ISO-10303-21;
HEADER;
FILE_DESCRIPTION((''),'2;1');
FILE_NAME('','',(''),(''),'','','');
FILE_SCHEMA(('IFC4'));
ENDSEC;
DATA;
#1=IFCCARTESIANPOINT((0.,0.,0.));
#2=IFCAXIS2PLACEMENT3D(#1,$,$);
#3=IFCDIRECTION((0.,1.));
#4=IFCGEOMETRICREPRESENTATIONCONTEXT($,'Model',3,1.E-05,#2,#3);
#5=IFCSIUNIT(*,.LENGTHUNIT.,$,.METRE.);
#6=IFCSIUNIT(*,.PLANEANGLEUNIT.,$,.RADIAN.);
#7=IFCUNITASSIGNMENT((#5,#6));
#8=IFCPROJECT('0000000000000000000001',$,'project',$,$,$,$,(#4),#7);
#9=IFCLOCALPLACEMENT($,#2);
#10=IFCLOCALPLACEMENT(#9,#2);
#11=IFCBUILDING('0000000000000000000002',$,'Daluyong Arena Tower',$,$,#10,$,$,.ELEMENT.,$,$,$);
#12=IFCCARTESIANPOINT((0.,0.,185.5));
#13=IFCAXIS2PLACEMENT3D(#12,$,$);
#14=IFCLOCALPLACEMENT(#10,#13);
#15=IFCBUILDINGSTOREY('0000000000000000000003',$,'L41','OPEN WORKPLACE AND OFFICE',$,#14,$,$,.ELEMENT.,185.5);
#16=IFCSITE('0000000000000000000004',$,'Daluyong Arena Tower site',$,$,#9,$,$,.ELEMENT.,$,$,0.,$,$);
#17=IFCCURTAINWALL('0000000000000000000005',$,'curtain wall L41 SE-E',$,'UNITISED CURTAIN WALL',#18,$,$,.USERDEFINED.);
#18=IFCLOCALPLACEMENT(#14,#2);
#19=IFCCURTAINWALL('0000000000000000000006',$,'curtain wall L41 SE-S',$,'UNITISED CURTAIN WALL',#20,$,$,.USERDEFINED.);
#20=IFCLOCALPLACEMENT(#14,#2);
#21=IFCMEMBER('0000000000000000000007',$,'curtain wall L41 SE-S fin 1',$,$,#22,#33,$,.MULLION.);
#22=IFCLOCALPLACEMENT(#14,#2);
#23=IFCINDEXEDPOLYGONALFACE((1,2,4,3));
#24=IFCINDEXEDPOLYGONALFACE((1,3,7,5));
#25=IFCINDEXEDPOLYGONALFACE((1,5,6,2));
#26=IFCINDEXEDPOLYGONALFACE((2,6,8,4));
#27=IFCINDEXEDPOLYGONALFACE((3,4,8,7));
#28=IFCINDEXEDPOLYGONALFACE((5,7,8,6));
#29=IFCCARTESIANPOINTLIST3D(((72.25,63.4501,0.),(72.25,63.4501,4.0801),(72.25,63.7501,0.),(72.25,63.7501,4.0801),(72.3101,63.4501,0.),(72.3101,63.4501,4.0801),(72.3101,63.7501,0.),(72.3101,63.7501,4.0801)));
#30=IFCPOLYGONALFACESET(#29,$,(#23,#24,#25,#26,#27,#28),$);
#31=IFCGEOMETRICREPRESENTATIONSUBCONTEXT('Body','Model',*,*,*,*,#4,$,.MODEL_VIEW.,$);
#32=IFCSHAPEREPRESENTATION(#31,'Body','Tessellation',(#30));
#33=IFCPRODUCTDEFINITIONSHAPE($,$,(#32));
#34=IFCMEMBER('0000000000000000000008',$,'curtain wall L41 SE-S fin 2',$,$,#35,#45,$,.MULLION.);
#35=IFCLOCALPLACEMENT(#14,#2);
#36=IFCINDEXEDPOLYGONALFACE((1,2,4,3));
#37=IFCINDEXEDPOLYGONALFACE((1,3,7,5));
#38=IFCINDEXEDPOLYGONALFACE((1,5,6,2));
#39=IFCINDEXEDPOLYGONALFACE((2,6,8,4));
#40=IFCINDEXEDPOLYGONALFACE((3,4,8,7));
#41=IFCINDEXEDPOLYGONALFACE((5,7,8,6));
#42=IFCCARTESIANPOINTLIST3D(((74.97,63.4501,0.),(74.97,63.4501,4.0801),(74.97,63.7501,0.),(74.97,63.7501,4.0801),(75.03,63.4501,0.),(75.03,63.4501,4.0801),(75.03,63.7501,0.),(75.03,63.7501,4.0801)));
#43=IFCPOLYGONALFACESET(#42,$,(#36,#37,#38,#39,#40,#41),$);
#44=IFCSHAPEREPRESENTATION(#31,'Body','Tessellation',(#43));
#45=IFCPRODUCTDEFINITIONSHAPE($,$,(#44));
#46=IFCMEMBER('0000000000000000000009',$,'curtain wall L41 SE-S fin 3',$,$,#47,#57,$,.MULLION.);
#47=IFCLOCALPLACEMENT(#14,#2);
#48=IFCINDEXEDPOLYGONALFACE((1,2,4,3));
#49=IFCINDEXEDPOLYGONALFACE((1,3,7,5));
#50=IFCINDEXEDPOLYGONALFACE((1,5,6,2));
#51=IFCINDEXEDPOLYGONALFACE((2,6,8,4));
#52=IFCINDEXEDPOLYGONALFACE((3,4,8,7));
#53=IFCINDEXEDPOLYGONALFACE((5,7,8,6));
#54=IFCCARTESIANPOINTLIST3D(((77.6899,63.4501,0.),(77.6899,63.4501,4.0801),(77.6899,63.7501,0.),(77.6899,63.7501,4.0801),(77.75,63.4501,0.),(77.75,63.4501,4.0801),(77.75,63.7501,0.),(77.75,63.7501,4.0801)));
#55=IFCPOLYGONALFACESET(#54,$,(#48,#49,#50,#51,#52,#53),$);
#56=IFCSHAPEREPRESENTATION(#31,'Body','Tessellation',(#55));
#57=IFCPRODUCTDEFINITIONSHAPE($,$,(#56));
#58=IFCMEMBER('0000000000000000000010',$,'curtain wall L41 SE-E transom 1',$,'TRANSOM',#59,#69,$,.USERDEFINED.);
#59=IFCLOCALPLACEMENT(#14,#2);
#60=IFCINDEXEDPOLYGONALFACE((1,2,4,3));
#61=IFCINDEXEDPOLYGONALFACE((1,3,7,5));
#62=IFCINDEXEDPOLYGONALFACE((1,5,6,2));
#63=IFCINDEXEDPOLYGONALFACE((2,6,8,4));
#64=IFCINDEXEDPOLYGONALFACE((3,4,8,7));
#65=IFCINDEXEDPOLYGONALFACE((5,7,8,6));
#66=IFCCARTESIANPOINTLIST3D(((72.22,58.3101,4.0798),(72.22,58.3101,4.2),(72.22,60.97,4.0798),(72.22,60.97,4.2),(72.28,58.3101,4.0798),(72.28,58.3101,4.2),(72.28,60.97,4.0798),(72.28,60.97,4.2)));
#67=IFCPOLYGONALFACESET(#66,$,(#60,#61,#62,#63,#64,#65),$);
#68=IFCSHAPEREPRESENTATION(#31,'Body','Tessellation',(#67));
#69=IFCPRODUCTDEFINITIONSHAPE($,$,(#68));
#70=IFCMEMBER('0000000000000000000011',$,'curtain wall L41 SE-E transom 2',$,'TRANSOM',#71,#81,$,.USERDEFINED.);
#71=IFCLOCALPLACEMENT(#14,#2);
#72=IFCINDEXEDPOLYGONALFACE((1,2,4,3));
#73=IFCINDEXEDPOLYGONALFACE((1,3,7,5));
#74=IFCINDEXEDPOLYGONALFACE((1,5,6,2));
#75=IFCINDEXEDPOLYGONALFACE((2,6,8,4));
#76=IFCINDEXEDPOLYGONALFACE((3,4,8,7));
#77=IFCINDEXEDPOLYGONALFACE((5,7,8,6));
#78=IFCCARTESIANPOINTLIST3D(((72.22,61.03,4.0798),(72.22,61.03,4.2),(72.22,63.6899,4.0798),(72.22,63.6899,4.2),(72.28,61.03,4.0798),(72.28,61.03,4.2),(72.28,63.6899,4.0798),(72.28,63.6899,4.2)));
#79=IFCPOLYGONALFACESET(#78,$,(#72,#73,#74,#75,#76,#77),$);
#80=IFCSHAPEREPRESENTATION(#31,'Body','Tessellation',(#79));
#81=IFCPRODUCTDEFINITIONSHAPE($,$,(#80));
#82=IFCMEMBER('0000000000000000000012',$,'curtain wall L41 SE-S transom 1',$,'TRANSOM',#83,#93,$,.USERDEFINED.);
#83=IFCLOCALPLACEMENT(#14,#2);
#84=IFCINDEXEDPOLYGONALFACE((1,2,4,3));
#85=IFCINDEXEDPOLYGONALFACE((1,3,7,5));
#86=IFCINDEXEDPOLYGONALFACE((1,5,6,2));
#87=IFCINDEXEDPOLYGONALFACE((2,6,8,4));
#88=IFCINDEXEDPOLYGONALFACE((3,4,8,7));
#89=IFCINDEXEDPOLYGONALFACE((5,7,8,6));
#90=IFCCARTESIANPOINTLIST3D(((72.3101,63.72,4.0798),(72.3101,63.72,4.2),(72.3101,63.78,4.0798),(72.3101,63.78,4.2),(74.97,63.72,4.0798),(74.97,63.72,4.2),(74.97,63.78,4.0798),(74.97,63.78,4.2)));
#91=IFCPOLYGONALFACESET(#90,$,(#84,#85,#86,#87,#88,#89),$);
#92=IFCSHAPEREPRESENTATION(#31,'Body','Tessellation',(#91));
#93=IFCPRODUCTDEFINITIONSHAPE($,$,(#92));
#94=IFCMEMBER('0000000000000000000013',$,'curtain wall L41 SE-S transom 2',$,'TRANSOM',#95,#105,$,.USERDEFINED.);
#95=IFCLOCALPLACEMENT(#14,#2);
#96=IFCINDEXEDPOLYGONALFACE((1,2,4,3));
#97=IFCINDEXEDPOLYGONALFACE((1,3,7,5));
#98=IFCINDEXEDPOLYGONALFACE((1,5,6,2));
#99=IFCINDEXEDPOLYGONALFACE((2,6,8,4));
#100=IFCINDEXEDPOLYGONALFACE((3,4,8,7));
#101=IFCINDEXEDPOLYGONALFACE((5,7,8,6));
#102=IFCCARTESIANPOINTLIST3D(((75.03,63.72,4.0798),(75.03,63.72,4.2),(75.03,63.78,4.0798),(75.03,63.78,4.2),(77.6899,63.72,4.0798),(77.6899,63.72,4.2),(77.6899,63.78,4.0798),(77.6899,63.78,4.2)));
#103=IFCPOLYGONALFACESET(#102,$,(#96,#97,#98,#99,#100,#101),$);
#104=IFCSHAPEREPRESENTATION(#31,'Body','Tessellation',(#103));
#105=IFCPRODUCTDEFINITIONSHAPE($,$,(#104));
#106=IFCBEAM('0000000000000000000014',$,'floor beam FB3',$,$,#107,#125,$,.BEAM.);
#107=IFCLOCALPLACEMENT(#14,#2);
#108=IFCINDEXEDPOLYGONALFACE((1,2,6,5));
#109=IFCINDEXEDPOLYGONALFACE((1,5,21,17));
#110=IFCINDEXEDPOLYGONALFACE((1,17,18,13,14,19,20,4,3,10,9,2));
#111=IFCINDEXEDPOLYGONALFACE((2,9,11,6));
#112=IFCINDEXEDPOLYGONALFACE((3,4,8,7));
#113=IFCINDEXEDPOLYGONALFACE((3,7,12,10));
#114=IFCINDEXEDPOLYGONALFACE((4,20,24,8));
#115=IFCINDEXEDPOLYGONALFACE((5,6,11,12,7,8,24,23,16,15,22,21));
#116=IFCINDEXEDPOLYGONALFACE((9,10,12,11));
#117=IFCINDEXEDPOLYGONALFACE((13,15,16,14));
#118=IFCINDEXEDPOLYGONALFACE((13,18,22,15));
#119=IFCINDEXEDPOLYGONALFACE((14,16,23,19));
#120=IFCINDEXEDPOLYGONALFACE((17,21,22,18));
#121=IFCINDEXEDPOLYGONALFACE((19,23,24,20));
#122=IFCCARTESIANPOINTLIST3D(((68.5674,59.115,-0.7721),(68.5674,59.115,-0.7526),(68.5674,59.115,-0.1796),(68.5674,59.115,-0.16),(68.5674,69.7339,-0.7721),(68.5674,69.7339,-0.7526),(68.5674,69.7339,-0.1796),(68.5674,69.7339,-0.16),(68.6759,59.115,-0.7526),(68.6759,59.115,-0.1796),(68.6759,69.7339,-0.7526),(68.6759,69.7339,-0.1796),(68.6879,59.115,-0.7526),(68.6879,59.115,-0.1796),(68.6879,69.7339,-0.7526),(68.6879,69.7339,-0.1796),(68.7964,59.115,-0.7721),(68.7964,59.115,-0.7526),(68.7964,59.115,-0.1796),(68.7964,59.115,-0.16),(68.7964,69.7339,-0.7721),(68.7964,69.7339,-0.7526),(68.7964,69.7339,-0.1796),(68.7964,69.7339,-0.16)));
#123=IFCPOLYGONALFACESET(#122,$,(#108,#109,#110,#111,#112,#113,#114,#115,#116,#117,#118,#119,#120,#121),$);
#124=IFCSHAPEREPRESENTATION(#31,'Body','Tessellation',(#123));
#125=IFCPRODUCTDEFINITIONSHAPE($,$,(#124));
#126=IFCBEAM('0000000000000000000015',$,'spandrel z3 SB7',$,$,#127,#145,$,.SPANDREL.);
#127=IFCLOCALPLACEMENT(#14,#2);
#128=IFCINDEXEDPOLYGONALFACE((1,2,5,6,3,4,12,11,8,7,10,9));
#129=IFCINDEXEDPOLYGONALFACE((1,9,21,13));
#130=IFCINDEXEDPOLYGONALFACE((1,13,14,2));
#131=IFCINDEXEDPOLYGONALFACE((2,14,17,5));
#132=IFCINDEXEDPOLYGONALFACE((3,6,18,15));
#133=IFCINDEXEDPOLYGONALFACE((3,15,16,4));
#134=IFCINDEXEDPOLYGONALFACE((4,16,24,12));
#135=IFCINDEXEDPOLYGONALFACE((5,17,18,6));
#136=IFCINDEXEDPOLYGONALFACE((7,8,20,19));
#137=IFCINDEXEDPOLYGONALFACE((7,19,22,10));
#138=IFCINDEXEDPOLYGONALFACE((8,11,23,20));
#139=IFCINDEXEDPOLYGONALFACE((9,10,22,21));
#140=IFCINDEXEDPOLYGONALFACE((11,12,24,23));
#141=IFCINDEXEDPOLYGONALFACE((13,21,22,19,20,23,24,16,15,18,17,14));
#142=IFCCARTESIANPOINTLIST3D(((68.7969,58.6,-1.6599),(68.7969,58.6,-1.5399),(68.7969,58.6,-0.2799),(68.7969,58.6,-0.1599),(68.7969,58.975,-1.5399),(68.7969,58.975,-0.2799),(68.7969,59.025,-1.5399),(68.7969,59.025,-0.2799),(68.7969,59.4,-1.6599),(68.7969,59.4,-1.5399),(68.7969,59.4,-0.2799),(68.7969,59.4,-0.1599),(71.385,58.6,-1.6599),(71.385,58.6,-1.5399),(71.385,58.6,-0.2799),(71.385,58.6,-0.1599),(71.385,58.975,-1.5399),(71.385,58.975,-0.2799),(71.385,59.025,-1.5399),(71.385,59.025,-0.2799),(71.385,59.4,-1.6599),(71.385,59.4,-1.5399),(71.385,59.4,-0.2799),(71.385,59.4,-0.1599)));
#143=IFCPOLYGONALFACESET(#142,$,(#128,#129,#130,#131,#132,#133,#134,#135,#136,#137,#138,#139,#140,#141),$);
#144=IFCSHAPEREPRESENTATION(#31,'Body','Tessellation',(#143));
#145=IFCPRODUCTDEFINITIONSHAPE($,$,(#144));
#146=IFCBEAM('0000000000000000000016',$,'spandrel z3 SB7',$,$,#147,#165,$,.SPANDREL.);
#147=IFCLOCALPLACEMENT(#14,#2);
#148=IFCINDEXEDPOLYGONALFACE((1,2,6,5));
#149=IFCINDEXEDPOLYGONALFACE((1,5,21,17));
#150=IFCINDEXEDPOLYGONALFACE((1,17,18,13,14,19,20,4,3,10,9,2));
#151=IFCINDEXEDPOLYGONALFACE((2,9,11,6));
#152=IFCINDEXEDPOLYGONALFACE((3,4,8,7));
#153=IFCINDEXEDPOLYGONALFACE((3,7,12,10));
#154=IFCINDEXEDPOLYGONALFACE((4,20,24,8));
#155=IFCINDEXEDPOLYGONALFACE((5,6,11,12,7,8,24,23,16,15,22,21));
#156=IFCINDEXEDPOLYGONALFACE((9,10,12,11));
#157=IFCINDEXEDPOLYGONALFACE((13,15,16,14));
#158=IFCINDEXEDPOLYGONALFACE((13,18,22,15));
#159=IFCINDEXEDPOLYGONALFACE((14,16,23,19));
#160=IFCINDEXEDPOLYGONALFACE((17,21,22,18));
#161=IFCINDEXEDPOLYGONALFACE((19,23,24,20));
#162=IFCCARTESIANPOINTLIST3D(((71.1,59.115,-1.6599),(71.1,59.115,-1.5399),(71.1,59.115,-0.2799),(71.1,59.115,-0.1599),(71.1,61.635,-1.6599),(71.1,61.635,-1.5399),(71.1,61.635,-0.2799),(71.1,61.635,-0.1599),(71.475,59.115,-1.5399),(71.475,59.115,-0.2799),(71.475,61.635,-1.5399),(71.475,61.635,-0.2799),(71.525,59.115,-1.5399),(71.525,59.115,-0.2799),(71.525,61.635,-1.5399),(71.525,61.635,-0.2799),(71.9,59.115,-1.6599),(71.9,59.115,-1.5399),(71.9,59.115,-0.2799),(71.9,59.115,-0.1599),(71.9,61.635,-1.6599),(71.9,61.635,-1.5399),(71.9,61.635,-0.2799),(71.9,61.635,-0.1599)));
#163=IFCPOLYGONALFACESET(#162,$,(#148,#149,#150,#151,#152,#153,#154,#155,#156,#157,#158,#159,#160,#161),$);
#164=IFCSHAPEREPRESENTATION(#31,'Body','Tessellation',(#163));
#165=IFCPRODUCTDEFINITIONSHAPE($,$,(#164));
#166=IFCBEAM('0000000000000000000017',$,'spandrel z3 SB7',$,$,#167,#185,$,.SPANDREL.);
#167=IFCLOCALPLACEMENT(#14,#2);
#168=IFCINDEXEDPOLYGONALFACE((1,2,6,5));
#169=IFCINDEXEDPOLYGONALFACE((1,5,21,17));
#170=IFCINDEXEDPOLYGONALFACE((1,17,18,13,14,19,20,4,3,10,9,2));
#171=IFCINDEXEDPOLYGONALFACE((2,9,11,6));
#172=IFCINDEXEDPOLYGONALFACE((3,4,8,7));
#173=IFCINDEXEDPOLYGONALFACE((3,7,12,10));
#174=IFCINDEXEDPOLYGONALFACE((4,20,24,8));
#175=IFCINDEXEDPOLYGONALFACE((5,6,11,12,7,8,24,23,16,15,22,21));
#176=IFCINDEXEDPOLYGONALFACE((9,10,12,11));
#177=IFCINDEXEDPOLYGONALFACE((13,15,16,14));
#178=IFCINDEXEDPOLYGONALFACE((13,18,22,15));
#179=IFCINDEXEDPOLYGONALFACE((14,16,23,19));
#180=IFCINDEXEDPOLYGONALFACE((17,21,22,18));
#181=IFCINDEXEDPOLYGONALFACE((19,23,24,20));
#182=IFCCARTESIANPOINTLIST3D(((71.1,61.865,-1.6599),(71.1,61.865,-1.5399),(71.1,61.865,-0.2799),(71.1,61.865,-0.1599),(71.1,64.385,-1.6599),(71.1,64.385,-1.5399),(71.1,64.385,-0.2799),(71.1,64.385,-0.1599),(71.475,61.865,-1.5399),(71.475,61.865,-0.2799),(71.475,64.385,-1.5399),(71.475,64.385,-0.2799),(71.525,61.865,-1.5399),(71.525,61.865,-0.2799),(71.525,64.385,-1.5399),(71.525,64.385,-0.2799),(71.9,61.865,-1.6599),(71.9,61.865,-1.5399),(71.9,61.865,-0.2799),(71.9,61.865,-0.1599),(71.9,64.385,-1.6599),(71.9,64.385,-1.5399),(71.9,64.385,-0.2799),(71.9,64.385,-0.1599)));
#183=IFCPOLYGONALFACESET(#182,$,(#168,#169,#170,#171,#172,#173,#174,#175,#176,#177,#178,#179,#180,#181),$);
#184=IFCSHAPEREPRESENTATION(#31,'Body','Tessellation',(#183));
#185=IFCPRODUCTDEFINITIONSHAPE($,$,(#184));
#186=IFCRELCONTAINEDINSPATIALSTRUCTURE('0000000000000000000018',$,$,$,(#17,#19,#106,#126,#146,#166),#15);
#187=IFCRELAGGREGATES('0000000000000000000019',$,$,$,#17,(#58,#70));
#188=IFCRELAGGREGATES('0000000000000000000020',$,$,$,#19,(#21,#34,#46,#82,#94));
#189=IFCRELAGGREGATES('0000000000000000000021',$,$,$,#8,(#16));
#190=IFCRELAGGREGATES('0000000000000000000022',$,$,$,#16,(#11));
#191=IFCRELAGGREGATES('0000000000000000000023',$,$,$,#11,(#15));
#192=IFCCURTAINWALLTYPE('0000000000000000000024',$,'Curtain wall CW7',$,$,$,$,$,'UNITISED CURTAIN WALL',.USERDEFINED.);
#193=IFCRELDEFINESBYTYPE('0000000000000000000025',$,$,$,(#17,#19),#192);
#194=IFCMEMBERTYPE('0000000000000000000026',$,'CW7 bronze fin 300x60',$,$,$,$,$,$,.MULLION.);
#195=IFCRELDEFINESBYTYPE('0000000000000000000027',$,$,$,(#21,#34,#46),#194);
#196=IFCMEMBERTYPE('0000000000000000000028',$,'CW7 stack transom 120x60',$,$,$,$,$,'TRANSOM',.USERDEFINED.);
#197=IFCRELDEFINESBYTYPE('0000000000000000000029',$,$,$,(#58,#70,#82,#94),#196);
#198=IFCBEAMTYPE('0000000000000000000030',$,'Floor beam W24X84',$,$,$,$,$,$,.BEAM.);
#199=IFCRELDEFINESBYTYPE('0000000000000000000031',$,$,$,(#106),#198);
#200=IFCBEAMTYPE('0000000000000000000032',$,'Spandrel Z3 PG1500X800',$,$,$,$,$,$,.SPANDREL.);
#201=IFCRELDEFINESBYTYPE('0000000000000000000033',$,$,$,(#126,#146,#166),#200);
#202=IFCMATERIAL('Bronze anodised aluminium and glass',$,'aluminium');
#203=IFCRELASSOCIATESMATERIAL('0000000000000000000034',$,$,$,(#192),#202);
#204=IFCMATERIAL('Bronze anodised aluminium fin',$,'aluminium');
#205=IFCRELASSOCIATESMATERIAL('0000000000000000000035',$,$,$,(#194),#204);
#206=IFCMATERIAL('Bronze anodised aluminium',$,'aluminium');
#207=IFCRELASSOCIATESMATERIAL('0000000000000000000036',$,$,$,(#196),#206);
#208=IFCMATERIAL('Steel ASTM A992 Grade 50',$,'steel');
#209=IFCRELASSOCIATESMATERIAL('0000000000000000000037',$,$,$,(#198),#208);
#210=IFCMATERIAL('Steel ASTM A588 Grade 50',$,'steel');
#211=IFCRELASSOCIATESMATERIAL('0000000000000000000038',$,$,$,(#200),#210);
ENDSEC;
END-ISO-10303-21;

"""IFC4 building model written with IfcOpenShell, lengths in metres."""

from ifc_helpers import new_model, si_unit, direction, frame, origin, origin_2d, place, context, subcontext, project, spatial, rectangle, i_section, extrude, material, material_profile, profile_set, type_object, element, aggregate, save


model = new_model("IFC4")

# Units and contexts
model_context = context("Model", 3, precision=1e-05, world=origin(), true_north=direction((0.0, 1.0)))
body_context = subcontext(model_context, "Body", "Model", "MODEL_VIEW")
ifc_project = project(units=[si_unit("LENGTHUNIT", "METRE"), si_unit("PLANEANGLEUNIT", "RADIAN")], contexts=[model_context])

# Site, building, storey
site_placement = place(None, origin())
site = spatial("IfcSite", under=ifc_project, at=site_placement, Name="Daluyong Arena Tower site", CompositionType="ELEMENT", RefElevation=0.0)
building_placement = place(site_placement, origin())
building = spatial("IfcBuilding", under=site, at=building_placement, Name="Daluyong Arena Tower", CompositionType="ELEMENT")
storey_placement = place(building_placement, frame((0.0, 0.0, 185.5)))
storey = spatial("IfcBuildingStorey", under=building, at=storey_placement, Name="L41", Description="OPEN WORKPLACE AND OFFICE", CompositionType="ELEMENT", Elevation=185.5)

# Curtain walls, members
ifc_material_1 = material(Name="Bronze anodised aluminium and glass", Category="aluminium")
curtain_wall_type_1 = type_object("IfcCurtainWallType", Name="Curtain wall CW7", ElementType="UNITISED CURTAIN WALL", PredefinedType="USERDEFINED", material=ifc_material_1)
curtain_wall_1_placement = place(storey_placement, origin())
curtain_wall_1 = element("IfcCurtainWall", 1, at=curtain_wall_1_placement, inside=storey, type_object=curtain_wall_type_1, Name="curtain wall L41 SE-E", ObjectType="UNITISED CURTAIN WALL", PredefinedType="USERDEFINED")
ifc_material_2 = material(Name="Bronze anodised aluminium fin", Category="aluminium")
ifc_material_profile_1 = material_profile(ifc_material_2, rectangle(XDim=0.3, YDim=0.0601, at=origin_2d()))
ifc_profile_set_1 = profile_set([ifc_material_profile_1], Name="Bronze anodised aluminium fin")
member_type_1 = type_object("IfcMemberType", Name="CW7 bronze fin 300x60", PredefinedType="MULLION", material=ifc_profile_set_1)
curtain_wall_2_placement = place(storey_placement, origin())
curtain_wall_2 = element("IfcCurtainWall", 2, at=curtain_wall_2_placement, inside=storey, type_object=curtain_wall_type_1, Name="curtain wall L41 SE-S", ObjectType="UNITISED CURTAIN WALL", PredefinedType="USERDEFINED")
member_1_placement = place(storey_placement, frame((72.28, 63.6001, 0.0), z_axis=(0.0, 0.0, 1.0), x_axis=(0.0, 1.0, 0.0)))
member_1 = element("IfcMember", 3, at=member_1_placement, type_object=member_type_1, Name="curtain wall L41 SE-S fin 1", PredefinedType="MULLION", context=body_context, shape_type="SweptSolid", body=[
    extrude(rectangle(XDim=0.3, YDim=0.0601, at=origin_2d()), origin(), (0.0, 0.0, 1.0), 4.0801),
])
member_2_placement = place(storey_placement, frame((75.0, 63.6001, 0.0), z_axis=(0.0, 0.0, 1.0), x_axis=(0.0, 1.0, 0.0)))
member_2 = element("IfcMember", 4, at=member_2_placement, type_object=member_type_1, Name="curtain wall L41 SE-S fin 2", PredefinedType="MULLION", context=body_context, shape_type="SweptSolid", body=[
    extrude(rectangle(XDim=0.3, YDim=0.0601, at=origin_2d()), origin(), (0.0, 0.0, 1.0), 4.0801),
])
member_3_placement = place(storey_placement, frame((77.72, 63.6001, 0.0), z_axis=(0.0, 0.0, 1.0), x_axis=(0.0, 1.0, 0.0)))
member_3 = element("IfcMember", 5, at=member_3_placement, type_object=member_type_1, Name="curtain wall L41 SE-S fin 3", PredefinedType="MULLION", context=body_context, shape_type="SweptSolid", body=[
    extrude(rectangle(XDim=0.3, YDim=0.0601, at=origin_2d()), origin(), (0.0, 0.0, 1.0), 4.0801),
])

# Members
ifc_material_3 = material(Name="Bronze anodised aluminium", Category="aluminium")
ifc_material_profile_2 = material_profile(ifc_material_3, rectangle(XDim=0.0601, YDim=0.1201, at=origin_2d()))
ifc_profile_set_2 = profile_set([ifc_material_profile_2], Name="Bronze anodised aluminium")
member_type_2 = type_object("IfcMemberType", Name="CW7 stack transom 120x60", ElementType="TRANSOM", PredefinedType="USERDEFINED", material=ifc_profile_set_2)
member_4_placement = place(storey_placement, frame((72.25, 58.3101, 4.1399), z_axis=(0.0, 1.0, 0.0), x_axis=(-1.0, 0.0, 0.0)))
member_4 = element("IfcMember", 6, at=member_4_placement, type_object=member_type_2, Name="curtain wall L41 SE-E transom 1", ObjectType="TRANSOM", PredefinedType="USERDEFINED", context=body_context, shape_type="SweptSolid", body=[
    extrude(rectangle(XDim=0.0601, YDim=0.1201, at=origin_2d()), origin(), (0.0, 0.0, 1.0), 2.6599),
])
member_5_placement = place(storey_placement, frame((72.25, 61.03, 4.1399), z_axis=(0.0, 1.0, 0.0), x_axis=(-1.0, 0.0, 0.0)))
member_5 = element("IfcMember", 7, at=member_5_placement, type_object=member_type_2, Name="curtain wall L41 SE-E transom 2", ObjectType="TRANSOM", PredefinedType="USERDEFINED", context=body_context, shape_type="SweptSolid", body=[
    extrude(rectangle(XDim=0.0601, YDim=0.1201, at=origin_2d()), origin(), (0.0, 0.0, 1.0), 2.6599),
])
member_6_placement = place(storey_placement, frame((72.3101, 63.75, 4.1399), z_axis=(1.0, 0.0, 0.0), x_axis=(0.0, 1.0, 0.0)))
member_6 = element("IfcMember", 8, at=member_6_placement, type_object=member_type_2, Name="curtain wall L41 SE-S transom 1", ObjectType="TRANSOM", PredefinedType="USERDEFINED", context=body_context, shape_type="SweptSolid", body=[
    extrude(rectangle(XDim=0.0601, YDim=0.1201, at=origin_2d()), origin(), (0.0, 0.0, 1.0), 2.6599),
])
member_7_placement = place(storey_placement, frame((75.03, 63.75, 4.1399), z_axis=(1.0, 0.0, 0.0), x_axis=(0.0, 1.0, 0.0)))
member_7 = element("IfcMember", 9, at=member_7_placement, type_object=member_type_2, Name="curtain wall L41 SE-S transom 2", ObjectType="TRANSOM", PredefinedType="USERDEFINED", context=body_context, shape_type="SweptSolid", body=[
    extrude(rectangle(XDim=0.0601, YDim=0.1201, at=origin_2d()), origin(), (0.0, 0.0, 1.0), 2.6599),
])

# Beams
ifc_material_4 = material(Name="Steel ASTM A992 Grade 50", Category="steel")
ifc_material_profile_3 = material_profile(ifc_material_4, i_section(OverallWidth=0.229, OverallDepth=0.6121, WebThickness=0.012, FlangeThickness=0.0195, at=origin_2d()))
ifc_profile_set_3 = profile_set([ifc_material_profile_3], Name="Steel ASTM A992 Grade 50")
beam_type_1 = type_object("IfcBeamType", Name="Floor beam W24X84", PredefinedType="BEAM", material=ifc_profile_set_3)
beam_1_placement = place(storey_placement, frame((68.6819, 59.115, -0.4661), z_axis=(0.0, 1.0, 0.0), x_axis=(-1.0, 0.0, 0.0)))
element("IfcBeam", 10, at=beam_1_placement, inside=storey, type_object=beam_type_1, Name="floor beam FB3", PredefinedType="BEAM", context=body_context, shape_type="SweptSolid", body=[
    extrude(i_section(OverallWidth=0.229, OverallDepth=0.6121, WebThickness=0.012, FlangeThickness=0.0195, at=origin_2d()), origin(), (0.0, 0.0, 1.0), 10.6189),
])
ifc_material_5 = material(Name="Steel ASTM A588 Grade 50", Category="steel")
ifc_material_profile_4 = material_profile(ifc_material_5, i_section(OverallWidth=0.8, OverallDepth=1.5, WebThickness=0.05, FlangeThickness=0.12, at=origin_2d()))
ifc_profile_set_4 = profile_set([ifc_material_profile_4], Name="Steel ASTM A588 Grade 50")
beam_type_2 = type_object("IfcBeamType", Name="Spandrel Z3 PG1500X800", PredefinedType="SPANDREL", material=ifc_profile_set_4)
beam_2_placement = place(storey_placement, frame((68.7969, 59.0, -0.9099), z_axis=(1.0, 0.0, 0.0), x_axis=(0.0, 1.0, 0.0)))
element("IfcBeam", 11, at=beam_2_placement, inside=storey, type_object=beam_type_2, Name="spandrel z3 SB7", PredefinedType="SPANDREL", context=body_context, shape_type="SweptSolid", body=[
    extrude(i_section(OverallWidth=0.8, OverallDepth=1.5, WebThickness=0.05, FlangeThickness=0.12, at=origin_2d()), origin(), (0.0, 0.0, 1.0), 2.5881),
])
for number, where, z_axis, x_axis, name in (
    (12, (71.5, 59.115, -0.9099), (0.0, 1.0, 0.0), (-1.0, 0.0, 0.0), "spandrel z3 SB7"),
    (13, (71.5, 61.865, -0.9099), (0.0, 1.0, 0.0), (-1.0, 0.0, 0.0), "spandrel z3 SB7"),
):
    element("IfcBeam", number, at=place(storey_placement, frame(where, z_axis=z_axis, x_axis=x_axis)), inside=storey, type_object=beam_type_2, Name=name, PredefinedType="SPANDREL", context=body_context, shape_type="SweptSolid", body=[
        extrude(i_section(OverallWidth=0.8, OverallDepth=1.5, WebThickness=0.05, FlangeThickness=0.12, at=origin_2d()), origin(), (0.0, 0.0, 1.0), 2.52),
    ])

aggregate(curtain_wall_1, [member_4, member_5])
aggregate(curtain_wall_2, [member_1, member_2, member_3, member_6, member_7])

save(model, "model.ifc")
